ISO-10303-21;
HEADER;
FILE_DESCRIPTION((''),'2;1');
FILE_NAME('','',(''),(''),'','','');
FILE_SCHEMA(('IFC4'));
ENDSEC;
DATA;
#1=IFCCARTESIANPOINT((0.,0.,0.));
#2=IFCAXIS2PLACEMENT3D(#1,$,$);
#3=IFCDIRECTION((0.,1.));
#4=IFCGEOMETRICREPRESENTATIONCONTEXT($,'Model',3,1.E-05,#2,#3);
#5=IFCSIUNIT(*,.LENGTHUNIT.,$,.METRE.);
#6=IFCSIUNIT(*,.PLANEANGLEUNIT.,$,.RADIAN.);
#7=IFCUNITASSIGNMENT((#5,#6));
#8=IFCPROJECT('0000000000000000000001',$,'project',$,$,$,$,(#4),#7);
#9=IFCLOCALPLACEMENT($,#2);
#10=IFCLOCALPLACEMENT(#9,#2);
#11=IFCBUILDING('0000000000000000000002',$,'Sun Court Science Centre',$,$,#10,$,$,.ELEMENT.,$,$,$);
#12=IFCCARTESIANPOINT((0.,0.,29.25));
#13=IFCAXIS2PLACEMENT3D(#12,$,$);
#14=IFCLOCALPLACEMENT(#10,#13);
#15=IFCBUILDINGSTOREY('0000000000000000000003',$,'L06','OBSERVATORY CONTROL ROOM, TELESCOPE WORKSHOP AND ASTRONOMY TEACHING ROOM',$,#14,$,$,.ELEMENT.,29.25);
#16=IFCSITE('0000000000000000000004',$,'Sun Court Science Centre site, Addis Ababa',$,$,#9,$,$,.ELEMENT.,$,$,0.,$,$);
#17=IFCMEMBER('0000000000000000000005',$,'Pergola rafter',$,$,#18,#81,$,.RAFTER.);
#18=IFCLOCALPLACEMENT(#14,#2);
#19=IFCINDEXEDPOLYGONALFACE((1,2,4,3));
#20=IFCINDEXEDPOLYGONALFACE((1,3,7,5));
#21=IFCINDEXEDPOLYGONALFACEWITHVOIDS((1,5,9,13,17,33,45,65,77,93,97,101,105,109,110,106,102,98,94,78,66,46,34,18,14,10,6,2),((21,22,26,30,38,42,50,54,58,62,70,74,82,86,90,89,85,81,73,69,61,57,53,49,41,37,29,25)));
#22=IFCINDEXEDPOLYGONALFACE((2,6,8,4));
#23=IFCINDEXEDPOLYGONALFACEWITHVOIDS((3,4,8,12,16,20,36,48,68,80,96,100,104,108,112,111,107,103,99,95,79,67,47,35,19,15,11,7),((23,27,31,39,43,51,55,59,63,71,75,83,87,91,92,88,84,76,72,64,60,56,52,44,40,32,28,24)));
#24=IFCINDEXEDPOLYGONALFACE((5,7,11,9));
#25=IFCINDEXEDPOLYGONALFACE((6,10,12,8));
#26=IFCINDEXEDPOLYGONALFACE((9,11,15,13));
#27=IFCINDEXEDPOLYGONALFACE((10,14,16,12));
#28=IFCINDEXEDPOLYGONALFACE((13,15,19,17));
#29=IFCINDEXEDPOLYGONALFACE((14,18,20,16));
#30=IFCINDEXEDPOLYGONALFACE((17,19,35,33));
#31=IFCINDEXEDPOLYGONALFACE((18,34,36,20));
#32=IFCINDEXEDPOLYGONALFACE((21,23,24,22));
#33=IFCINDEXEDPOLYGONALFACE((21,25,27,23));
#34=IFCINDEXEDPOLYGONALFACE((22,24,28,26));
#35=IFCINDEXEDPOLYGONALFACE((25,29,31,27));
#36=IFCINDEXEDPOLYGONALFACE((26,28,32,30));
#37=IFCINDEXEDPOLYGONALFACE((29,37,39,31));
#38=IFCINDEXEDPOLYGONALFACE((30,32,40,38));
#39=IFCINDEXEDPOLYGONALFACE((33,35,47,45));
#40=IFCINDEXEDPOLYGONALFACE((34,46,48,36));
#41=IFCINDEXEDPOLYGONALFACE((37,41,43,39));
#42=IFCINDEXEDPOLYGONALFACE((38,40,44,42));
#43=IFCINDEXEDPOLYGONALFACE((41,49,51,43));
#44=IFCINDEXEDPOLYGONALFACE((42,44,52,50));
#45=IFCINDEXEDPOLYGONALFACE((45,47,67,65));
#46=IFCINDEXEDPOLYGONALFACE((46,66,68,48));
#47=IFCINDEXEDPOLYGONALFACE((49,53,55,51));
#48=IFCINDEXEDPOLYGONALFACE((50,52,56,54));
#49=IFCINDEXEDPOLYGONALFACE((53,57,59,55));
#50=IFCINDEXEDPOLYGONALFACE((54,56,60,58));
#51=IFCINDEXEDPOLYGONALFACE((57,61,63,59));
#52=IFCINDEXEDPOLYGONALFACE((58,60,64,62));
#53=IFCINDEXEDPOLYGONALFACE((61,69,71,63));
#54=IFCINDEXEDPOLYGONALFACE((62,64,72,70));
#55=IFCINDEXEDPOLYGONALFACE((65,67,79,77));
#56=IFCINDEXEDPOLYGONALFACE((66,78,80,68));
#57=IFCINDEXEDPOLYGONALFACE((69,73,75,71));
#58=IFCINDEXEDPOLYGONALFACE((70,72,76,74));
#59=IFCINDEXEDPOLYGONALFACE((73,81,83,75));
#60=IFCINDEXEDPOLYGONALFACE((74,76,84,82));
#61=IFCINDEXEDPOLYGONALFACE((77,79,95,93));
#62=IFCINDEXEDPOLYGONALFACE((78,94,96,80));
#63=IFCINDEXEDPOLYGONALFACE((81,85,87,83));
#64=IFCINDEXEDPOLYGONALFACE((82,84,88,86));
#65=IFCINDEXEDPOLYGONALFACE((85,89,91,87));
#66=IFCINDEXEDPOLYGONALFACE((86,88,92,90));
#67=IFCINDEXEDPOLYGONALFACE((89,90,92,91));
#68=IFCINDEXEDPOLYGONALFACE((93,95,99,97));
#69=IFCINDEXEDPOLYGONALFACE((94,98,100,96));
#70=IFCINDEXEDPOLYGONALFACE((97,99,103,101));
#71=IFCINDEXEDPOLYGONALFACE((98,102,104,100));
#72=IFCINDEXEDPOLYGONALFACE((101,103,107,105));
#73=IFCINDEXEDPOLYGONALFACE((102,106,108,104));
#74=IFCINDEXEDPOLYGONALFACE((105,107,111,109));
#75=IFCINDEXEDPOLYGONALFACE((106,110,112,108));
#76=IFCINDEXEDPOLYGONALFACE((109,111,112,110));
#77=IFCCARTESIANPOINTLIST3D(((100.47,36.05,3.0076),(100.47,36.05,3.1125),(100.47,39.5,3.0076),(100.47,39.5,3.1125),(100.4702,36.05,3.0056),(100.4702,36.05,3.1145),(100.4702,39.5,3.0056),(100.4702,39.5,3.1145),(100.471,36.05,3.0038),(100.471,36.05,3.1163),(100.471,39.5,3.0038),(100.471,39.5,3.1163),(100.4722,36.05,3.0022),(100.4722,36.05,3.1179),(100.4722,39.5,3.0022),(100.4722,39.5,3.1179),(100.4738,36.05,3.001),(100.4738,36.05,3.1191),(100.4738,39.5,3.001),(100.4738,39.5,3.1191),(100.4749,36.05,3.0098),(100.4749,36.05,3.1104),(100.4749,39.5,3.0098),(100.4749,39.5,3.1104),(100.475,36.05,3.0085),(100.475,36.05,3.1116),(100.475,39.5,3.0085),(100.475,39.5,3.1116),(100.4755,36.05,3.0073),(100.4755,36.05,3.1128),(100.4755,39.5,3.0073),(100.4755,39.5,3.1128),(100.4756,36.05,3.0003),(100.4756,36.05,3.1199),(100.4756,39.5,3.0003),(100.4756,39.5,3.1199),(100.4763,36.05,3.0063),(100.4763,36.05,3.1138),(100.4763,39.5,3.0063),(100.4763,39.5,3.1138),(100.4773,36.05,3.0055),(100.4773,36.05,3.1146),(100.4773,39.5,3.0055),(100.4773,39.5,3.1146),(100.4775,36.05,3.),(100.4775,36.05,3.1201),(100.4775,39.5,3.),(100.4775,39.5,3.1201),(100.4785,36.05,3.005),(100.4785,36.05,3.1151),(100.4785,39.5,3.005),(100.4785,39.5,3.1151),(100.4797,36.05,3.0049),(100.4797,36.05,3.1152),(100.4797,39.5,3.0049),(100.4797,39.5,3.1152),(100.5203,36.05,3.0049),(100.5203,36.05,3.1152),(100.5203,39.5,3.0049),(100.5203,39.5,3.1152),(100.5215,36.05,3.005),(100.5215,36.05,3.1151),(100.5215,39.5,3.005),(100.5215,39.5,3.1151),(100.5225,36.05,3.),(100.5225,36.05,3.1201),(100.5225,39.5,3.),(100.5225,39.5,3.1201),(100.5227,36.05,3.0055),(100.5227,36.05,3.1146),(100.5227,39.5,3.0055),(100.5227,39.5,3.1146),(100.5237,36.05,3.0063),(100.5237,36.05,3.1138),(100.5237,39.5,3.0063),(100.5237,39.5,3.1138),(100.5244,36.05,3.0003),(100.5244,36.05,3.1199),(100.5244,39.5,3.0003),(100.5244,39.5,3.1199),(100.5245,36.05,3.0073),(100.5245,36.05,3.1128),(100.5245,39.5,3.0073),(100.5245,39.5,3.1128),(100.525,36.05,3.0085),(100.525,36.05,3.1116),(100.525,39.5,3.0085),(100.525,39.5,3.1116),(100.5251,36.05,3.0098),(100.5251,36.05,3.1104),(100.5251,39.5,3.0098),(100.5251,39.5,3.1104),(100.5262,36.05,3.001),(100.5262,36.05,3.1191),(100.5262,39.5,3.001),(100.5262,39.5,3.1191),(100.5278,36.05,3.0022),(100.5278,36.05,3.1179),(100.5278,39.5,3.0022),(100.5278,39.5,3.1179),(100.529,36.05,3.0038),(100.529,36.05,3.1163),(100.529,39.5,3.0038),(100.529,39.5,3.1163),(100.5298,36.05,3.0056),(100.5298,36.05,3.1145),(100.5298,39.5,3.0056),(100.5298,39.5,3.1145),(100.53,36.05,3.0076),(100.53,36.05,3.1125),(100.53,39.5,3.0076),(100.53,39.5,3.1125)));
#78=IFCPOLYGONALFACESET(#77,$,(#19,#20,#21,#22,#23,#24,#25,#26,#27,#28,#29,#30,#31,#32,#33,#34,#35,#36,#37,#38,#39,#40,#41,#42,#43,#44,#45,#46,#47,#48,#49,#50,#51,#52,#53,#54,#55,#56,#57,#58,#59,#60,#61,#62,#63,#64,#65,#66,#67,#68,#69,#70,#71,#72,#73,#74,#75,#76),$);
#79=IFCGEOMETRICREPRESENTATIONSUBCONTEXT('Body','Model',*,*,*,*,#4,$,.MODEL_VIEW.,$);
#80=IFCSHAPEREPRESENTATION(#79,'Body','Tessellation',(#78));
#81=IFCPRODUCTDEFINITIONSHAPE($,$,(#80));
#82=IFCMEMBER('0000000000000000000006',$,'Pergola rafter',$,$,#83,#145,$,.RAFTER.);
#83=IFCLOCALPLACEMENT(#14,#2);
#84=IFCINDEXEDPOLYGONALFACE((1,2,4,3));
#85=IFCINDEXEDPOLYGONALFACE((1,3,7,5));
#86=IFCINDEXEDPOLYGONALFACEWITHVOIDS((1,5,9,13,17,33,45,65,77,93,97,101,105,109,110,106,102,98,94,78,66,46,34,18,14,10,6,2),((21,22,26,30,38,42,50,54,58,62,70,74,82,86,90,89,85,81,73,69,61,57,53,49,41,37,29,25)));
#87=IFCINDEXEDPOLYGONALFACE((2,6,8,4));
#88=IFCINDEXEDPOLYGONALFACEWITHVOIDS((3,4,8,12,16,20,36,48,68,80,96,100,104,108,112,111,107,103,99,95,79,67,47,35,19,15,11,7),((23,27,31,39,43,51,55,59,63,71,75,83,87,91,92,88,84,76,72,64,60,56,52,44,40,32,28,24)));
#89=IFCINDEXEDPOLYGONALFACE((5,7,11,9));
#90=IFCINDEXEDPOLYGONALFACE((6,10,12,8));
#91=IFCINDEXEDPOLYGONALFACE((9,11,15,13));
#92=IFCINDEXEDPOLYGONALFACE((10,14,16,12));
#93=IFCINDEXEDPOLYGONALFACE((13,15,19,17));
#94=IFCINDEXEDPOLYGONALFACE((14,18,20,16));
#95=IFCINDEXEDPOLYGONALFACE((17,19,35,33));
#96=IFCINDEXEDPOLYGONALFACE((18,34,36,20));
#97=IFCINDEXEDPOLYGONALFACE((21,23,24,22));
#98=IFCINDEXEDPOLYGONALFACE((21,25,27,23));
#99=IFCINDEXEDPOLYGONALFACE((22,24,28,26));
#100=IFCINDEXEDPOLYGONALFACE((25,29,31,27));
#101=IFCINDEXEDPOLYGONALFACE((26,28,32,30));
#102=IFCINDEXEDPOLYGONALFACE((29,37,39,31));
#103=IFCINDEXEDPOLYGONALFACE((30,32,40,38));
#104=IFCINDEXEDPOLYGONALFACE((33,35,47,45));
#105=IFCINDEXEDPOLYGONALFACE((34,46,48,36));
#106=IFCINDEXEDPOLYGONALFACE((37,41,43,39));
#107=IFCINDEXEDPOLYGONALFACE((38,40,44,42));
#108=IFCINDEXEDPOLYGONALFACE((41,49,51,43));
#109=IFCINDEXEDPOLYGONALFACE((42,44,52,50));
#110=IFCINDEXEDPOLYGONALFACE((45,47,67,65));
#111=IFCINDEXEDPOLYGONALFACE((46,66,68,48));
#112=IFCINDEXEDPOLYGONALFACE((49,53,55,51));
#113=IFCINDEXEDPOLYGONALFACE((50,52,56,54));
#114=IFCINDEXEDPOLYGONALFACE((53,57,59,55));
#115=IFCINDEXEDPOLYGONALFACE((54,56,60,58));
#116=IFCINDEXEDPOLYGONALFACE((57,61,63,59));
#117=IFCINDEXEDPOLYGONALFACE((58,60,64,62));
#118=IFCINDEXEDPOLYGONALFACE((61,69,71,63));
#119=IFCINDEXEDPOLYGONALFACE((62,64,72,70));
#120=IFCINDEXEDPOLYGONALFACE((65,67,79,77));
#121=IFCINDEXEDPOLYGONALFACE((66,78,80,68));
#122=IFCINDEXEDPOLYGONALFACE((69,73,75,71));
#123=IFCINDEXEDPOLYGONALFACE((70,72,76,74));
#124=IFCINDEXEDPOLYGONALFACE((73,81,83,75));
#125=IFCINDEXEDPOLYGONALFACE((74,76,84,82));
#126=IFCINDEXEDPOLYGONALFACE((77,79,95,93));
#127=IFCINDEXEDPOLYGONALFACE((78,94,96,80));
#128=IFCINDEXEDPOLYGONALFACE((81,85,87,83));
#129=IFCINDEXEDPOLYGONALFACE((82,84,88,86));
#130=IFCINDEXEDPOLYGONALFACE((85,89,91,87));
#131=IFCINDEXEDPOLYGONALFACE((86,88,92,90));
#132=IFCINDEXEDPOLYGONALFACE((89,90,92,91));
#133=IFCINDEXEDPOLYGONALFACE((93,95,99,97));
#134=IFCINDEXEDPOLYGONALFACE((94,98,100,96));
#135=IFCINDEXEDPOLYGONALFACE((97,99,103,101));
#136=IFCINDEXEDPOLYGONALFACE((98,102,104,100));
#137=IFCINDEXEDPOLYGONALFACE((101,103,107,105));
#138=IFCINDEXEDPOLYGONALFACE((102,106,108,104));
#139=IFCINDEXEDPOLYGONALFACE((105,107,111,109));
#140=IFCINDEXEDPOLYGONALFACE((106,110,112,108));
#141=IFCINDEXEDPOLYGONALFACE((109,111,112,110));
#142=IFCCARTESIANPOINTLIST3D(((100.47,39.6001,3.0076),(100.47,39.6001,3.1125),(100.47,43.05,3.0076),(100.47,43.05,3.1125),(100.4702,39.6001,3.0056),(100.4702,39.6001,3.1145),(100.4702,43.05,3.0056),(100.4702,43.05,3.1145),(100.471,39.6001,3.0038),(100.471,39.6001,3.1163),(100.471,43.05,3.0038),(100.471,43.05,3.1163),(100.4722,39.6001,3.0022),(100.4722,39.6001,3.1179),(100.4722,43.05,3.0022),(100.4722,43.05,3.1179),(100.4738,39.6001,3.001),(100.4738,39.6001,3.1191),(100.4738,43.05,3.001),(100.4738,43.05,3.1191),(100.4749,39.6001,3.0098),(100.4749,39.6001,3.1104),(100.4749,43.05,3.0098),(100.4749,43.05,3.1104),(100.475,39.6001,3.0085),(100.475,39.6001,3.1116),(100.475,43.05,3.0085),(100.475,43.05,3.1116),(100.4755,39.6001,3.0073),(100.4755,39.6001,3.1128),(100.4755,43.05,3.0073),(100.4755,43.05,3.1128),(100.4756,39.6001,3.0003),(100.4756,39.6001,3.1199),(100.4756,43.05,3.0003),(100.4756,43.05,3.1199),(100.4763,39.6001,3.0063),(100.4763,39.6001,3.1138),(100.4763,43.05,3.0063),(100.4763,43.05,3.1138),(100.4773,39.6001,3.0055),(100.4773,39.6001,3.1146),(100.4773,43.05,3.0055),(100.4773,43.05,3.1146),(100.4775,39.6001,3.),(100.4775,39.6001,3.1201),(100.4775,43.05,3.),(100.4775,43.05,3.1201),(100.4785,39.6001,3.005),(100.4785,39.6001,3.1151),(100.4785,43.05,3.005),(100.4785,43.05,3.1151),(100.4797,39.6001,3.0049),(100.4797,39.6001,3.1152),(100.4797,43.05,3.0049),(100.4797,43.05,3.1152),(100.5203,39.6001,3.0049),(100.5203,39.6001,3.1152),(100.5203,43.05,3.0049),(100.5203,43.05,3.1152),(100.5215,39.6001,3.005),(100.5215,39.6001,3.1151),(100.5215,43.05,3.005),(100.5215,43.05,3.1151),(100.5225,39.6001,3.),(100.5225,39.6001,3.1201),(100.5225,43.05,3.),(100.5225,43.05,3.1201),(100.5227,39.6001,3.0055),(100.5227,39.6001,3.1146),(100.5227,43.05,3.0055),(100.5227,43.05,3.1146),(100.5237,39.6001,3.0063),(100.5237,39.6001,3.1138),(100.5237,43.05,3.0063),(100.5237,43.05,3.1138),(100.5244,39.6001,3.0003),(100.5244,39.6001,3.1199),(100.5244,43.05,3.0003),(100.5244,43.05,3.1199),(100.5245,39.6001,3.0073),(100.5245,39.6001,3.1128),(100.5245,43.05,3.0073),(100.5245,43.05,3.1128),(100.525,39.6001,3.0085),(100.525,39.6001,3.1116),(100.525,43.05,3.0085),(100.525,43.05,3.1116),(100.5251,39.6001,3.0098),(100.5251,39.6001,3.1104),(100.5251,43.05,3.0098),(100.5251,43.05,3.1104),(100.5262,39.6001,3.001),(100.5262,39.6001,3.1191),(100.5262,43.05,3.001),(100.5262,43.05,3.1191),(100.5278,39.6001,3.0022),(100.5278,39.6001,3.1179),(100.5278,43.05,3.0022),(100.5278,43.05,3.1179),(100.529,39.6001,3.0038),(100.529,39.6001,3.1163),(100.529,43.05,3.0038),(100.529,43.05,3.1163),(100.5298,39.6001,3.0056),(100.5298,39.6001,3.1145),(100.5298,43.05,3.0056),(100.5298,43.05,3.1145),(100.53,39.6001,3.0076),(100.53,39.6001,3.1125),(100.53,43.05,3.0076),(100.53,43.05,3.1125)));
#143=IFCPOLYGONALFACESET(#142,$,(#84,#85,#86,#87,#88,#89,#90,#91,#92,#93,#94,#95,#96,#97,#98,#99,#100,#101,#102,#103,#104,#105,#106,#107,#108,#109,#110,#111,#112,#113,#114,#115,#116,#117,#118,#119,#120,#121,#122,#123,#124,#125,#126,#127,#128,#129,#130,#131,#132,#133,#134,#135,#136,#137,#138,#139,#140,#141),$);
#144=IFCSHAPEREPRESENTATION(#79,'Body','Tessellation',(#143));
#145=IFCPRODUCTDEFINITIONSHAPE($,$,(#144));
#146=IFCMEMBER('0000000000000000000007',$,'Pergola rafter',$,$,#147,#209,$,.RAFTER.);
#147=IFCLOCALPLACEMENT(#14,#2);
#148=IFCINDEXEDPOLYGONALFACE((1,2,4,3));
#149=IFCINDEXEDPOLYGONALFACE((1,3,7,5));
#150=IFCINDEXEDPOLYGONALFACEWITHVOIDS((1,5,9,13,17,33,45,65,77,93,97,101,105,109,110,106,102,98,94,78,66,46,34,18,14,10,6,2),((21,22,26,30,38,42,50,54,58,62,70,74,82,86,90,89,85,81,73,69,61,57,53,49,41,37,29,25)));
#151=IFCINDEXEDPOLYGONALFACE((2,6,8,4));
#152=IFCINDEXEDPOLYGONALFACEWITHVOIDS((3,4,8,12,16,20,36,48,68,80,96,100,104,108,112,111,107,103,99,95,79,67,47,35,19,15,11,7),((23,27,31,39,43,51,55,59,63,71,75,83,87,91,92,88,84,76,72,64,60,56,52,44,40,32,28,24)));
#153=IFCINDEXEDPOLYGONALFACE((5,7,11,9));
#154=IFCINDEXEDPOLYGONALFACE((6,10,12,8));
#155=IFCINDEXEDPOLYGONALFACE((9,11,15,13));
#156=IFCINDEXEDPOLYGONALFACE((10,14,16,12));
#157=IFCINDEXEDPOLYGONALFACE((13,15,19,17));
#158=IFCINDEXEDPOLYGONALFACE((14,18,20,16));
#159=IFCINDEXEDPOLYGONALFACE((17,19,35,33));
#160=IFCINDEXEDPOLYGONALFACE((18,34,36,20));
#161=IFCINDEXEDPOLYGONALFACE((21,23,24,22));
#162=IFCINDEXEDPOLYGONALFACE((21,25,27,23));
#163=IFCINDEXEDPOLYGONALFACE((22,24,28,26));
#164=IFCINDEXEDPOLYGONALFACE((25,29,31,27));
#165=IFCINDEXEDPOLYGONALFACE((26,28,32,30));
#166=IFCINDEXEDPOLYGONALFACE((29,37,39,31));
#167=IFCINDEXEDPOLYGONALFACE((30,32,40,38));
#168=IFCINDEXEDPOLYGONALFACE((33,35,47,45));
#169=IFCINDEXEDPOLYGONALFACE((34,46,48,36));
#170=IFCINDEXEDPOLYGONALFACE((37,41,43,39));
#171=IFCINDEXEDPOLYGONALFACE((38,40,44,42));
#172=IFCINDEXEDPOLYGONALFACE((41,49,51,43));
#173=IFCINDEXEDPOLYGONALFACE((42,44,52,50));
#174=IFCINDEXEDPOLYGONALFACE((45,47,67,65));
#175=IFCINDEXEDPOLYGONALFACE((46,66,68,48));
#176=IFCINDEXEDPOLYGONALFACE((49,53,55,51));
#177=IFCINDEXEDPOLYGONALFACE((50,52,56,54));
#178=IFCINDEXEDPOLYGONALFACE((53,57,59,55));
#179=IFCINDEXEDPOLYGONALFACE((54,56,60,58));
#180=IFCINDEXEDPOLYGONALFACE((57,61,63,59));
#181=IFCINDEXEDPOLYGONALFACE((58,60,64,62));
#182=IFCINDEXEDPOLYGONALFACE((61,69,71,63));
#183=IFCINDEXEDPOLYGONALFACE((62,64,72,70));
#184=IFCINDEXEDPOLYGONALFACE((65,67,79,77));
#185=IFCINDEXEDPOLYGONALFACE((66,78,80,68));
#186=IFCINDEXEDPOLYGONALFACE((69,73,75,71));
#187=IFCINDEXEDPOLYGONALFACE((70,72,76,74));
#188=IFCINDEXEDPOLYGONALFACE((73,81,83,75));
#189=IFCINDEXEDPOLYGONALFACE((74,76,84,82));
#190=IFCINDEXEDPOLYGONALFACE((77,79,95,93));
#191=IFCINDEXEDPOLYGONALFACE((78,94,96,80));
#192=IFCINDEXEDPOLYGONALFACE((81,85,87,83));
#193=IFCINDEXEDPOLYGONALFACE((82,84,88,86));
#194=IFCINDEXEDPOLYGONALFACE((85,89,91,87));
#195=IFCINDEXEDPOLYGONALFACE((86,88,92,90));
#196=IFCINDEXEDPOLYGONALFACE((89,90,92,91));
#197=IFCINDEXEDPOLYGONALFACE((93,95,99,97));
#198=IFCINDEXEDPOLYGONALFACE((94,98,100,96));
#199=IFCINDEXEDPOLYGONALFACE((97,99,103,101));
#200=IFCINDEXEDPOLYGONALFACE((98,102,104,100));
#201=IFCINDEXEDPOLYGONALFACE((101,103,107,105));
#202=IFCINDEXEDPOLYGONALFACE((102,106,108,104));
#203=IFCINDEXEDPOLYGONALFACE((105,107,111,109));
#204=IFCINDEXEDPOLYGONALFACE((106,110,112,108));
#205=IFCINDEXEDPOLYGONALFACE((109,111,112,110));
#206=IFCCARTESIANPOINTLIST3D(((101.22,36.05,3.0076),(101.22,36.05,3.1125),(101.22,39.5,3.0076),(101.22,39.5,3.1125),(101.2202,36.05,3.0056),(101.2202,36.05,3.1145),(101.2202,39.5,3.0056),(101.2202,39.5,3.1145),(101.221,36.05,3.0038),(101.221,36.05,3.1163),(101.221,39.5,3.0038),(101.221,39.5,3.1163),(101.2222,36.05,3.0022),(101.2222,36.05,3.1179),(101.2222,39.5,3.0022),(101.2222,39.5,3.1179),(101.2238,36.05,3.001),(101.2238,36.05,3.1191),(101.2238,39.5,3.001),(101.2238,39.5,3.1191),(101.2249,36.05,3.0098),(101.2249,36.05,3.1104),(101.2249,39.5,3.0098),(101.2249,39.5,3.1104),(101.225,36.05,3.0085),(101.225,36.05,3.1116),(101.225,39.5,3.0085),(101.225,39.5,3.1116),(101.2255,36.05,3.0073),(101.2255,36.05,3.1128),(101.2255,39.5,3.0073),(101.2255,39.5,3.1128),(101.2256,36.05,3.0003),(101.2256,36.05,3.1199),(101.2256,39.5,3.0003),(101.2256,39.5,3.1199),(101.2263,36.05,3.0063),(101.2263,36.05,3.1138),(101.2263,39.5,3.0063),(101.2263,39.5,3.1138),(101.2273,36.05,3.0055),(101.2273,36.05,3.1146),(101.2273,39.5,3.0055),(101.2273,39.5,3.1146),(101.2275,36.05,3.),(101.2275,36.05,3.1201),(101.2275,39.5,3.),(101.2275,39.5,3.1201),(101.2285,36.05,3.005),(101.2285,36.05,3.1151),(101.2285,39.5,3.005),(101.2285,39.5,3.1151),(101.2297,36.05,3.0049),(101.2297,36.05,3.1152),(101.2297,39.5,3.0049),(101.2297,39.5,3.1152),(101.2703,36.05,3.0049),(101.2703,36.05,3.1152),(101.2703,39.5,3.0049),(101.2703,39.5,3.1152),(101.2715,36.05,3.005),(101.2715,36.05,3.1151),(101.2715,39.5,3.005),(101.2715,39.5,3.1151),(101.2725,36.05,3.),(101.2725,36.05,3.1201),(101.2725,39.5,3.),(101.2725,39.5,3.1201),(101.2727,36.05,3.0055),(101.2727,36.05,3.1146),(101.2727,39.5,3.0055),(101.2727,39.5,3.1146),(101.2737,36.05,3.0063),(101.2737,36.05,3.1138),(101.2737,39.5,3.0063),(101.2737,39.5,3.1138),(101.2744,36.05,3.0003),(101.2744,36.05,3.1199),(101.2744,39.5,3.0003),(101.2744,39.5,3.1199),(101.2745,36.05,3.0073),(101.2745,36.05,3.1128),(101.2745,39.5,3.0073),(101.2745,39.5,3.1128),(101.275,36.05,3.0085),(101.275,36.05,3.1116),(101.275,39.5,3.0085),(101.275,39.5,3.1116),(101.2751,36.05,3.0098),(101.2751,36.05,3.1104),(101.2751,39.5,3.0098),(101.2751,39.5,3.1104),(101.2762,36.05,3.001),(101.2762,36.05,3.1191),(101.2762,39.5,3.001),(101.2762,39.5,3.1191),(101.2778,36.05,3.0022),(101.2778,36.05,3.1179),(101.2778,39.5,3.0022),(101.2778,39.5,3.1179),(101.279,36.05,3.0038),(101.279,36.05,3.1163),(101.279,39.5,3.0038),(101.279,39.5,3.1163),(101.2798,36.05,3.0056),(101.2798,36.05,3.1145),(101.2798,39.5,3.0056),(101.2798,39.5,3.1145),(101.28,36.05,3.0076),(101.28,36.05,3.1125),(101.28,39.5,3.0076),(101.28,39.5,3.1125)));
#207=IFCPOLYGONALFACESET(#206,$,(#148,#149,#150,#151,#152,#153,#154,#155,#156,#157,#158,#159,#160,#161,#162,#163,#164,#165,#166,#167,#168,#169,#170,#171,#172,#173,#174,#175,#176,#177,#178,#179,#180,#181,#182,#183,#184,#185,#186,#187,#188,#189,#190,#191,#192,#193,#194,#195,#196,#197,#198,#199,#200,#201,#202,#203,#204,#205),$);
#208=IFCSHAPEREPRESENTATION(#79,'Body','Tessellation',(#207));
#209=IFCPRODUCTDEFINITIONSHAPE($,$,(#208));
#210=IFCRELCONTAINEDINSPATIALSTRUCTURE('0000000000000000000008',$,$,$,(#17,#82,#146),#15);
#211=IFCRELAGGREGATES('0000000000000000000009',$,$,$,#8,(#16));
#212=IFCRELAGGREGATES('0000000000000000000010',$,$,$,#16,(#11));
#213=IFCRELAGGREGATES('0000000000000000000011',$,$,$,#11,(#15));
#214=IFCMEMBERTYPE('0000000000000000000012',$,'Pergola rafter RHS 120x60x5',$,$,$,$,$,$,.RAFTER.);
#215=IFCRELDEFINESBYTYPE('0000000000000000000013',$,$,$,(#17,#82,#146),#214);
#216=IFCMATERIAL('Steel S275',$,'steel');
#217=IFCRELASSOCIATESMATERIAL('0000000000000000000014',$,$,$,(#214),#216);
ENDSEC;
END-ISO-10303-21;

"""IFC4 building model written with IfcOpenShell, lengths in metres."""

from ifc_helpers import new_model, si_unit, direction, frame, origin, origin_2d, place, context, subcontext, project, spatial, hollow_rectangle, extrude, material, material_profile, profile_set, type_object, element, save


model = new_model("IFC4")

# Units and contexts
model_context = context("Model", 3, precision=1e-05, world=origin(), true_north=direction((0.0, 1.0)))
body_context = subcontext(model_context, "Body", "Model", "MODEL_VIEW")
ifc_project = project(units=[si_unit("LENGTHUNIT", "METRE"), si_unit("PLANEANGLEUNIT", "RADIAN")], contexts=[model_context])

# Site, building, storey
site_placement = place(None, origin())
site = spatial("IfcSite", under=ifc_project, at=site_placement, Name="Sun Court Science Centre site, Addis Ababa", CompositionType="ELEMENT", RefElevation=0.0)
building_placement = place(site_placement, origin())
building = spatial("IfcBuilding", under=site, at=building_placement, Name="Sun Court Science Centre", CompositionType="ELEMENT")
storey_placement = place(building_placement, frame((0.0, 0.0, 29.25)))
storey = spatial("IfcBuildingStorey", under=building, at=storey_placement, Name="L06", Description="OBSERVATORY CONTROL ROOM, TELESCOPE WORKSHOP AND ASTRONOMY TEACHING ROOM", CompositionType="ELEMENT", Elevation=29.25)

# Members
ifc_material_1 = material(Name="Steel S275", Category="steel")
ifc_material_profile_1 = material_profile(ifc_material_1, hollow_rectangle(XDim=0.0601, YDim=0.1201, WallThickness=0.0049, InnerFilletRadius=0.0049, OuterFilletRadius=0.0076, at=origin_2d()), Name="RHS 120x60x5")
ifc_profile_set_1 = profile_set([ifc_material_profile_1], Name="Steel S275")
member_type_1 = type_object("IfcMemberType", Name="Pergola rafter RHS 120x60x5", PredefinedType="RAFTER", material=ifc_profile_set_1)
for number, where, z_axis, x_axis, name in (
    (1, (100.5, 36.05, 3.0601), (0.0, 1.0, 0.0), (-1.0, 0.0, 0.0), "Pergola rafter"),
    (2, (100.5, 39.6001, 3.0601), (0.0, 1.0, 0.0), (-1.0, 0.0, 0.0), "Pergola rafter"),
    (3, (101.25, 36.05, 3.0601), (0.0, 1.0, 0.0), (-1.0, 0.0, 0.0), "Pergola rafter"),
):
    element("IfcMember", number, at=place(storey_placement, frame(where, z_axis=z_axis, x_axis=x_axis)), inside=storey, type_object=member_type_1, Name=name, PredefinedType="RAFTER", context=body_context, shape_type="SweptSolid", body=[
        extrude(hollow_rectangle(XDim=0.0601, YDim=0.1201, WallThickness=0.0049, InnerFilletRadius=0.0049, OuterFilletRadius=0.0076, at=origin_2d()), origin(), (0.0, 0.0, 1.0), 3.45),
    ])

save(model, "model.ifc")
